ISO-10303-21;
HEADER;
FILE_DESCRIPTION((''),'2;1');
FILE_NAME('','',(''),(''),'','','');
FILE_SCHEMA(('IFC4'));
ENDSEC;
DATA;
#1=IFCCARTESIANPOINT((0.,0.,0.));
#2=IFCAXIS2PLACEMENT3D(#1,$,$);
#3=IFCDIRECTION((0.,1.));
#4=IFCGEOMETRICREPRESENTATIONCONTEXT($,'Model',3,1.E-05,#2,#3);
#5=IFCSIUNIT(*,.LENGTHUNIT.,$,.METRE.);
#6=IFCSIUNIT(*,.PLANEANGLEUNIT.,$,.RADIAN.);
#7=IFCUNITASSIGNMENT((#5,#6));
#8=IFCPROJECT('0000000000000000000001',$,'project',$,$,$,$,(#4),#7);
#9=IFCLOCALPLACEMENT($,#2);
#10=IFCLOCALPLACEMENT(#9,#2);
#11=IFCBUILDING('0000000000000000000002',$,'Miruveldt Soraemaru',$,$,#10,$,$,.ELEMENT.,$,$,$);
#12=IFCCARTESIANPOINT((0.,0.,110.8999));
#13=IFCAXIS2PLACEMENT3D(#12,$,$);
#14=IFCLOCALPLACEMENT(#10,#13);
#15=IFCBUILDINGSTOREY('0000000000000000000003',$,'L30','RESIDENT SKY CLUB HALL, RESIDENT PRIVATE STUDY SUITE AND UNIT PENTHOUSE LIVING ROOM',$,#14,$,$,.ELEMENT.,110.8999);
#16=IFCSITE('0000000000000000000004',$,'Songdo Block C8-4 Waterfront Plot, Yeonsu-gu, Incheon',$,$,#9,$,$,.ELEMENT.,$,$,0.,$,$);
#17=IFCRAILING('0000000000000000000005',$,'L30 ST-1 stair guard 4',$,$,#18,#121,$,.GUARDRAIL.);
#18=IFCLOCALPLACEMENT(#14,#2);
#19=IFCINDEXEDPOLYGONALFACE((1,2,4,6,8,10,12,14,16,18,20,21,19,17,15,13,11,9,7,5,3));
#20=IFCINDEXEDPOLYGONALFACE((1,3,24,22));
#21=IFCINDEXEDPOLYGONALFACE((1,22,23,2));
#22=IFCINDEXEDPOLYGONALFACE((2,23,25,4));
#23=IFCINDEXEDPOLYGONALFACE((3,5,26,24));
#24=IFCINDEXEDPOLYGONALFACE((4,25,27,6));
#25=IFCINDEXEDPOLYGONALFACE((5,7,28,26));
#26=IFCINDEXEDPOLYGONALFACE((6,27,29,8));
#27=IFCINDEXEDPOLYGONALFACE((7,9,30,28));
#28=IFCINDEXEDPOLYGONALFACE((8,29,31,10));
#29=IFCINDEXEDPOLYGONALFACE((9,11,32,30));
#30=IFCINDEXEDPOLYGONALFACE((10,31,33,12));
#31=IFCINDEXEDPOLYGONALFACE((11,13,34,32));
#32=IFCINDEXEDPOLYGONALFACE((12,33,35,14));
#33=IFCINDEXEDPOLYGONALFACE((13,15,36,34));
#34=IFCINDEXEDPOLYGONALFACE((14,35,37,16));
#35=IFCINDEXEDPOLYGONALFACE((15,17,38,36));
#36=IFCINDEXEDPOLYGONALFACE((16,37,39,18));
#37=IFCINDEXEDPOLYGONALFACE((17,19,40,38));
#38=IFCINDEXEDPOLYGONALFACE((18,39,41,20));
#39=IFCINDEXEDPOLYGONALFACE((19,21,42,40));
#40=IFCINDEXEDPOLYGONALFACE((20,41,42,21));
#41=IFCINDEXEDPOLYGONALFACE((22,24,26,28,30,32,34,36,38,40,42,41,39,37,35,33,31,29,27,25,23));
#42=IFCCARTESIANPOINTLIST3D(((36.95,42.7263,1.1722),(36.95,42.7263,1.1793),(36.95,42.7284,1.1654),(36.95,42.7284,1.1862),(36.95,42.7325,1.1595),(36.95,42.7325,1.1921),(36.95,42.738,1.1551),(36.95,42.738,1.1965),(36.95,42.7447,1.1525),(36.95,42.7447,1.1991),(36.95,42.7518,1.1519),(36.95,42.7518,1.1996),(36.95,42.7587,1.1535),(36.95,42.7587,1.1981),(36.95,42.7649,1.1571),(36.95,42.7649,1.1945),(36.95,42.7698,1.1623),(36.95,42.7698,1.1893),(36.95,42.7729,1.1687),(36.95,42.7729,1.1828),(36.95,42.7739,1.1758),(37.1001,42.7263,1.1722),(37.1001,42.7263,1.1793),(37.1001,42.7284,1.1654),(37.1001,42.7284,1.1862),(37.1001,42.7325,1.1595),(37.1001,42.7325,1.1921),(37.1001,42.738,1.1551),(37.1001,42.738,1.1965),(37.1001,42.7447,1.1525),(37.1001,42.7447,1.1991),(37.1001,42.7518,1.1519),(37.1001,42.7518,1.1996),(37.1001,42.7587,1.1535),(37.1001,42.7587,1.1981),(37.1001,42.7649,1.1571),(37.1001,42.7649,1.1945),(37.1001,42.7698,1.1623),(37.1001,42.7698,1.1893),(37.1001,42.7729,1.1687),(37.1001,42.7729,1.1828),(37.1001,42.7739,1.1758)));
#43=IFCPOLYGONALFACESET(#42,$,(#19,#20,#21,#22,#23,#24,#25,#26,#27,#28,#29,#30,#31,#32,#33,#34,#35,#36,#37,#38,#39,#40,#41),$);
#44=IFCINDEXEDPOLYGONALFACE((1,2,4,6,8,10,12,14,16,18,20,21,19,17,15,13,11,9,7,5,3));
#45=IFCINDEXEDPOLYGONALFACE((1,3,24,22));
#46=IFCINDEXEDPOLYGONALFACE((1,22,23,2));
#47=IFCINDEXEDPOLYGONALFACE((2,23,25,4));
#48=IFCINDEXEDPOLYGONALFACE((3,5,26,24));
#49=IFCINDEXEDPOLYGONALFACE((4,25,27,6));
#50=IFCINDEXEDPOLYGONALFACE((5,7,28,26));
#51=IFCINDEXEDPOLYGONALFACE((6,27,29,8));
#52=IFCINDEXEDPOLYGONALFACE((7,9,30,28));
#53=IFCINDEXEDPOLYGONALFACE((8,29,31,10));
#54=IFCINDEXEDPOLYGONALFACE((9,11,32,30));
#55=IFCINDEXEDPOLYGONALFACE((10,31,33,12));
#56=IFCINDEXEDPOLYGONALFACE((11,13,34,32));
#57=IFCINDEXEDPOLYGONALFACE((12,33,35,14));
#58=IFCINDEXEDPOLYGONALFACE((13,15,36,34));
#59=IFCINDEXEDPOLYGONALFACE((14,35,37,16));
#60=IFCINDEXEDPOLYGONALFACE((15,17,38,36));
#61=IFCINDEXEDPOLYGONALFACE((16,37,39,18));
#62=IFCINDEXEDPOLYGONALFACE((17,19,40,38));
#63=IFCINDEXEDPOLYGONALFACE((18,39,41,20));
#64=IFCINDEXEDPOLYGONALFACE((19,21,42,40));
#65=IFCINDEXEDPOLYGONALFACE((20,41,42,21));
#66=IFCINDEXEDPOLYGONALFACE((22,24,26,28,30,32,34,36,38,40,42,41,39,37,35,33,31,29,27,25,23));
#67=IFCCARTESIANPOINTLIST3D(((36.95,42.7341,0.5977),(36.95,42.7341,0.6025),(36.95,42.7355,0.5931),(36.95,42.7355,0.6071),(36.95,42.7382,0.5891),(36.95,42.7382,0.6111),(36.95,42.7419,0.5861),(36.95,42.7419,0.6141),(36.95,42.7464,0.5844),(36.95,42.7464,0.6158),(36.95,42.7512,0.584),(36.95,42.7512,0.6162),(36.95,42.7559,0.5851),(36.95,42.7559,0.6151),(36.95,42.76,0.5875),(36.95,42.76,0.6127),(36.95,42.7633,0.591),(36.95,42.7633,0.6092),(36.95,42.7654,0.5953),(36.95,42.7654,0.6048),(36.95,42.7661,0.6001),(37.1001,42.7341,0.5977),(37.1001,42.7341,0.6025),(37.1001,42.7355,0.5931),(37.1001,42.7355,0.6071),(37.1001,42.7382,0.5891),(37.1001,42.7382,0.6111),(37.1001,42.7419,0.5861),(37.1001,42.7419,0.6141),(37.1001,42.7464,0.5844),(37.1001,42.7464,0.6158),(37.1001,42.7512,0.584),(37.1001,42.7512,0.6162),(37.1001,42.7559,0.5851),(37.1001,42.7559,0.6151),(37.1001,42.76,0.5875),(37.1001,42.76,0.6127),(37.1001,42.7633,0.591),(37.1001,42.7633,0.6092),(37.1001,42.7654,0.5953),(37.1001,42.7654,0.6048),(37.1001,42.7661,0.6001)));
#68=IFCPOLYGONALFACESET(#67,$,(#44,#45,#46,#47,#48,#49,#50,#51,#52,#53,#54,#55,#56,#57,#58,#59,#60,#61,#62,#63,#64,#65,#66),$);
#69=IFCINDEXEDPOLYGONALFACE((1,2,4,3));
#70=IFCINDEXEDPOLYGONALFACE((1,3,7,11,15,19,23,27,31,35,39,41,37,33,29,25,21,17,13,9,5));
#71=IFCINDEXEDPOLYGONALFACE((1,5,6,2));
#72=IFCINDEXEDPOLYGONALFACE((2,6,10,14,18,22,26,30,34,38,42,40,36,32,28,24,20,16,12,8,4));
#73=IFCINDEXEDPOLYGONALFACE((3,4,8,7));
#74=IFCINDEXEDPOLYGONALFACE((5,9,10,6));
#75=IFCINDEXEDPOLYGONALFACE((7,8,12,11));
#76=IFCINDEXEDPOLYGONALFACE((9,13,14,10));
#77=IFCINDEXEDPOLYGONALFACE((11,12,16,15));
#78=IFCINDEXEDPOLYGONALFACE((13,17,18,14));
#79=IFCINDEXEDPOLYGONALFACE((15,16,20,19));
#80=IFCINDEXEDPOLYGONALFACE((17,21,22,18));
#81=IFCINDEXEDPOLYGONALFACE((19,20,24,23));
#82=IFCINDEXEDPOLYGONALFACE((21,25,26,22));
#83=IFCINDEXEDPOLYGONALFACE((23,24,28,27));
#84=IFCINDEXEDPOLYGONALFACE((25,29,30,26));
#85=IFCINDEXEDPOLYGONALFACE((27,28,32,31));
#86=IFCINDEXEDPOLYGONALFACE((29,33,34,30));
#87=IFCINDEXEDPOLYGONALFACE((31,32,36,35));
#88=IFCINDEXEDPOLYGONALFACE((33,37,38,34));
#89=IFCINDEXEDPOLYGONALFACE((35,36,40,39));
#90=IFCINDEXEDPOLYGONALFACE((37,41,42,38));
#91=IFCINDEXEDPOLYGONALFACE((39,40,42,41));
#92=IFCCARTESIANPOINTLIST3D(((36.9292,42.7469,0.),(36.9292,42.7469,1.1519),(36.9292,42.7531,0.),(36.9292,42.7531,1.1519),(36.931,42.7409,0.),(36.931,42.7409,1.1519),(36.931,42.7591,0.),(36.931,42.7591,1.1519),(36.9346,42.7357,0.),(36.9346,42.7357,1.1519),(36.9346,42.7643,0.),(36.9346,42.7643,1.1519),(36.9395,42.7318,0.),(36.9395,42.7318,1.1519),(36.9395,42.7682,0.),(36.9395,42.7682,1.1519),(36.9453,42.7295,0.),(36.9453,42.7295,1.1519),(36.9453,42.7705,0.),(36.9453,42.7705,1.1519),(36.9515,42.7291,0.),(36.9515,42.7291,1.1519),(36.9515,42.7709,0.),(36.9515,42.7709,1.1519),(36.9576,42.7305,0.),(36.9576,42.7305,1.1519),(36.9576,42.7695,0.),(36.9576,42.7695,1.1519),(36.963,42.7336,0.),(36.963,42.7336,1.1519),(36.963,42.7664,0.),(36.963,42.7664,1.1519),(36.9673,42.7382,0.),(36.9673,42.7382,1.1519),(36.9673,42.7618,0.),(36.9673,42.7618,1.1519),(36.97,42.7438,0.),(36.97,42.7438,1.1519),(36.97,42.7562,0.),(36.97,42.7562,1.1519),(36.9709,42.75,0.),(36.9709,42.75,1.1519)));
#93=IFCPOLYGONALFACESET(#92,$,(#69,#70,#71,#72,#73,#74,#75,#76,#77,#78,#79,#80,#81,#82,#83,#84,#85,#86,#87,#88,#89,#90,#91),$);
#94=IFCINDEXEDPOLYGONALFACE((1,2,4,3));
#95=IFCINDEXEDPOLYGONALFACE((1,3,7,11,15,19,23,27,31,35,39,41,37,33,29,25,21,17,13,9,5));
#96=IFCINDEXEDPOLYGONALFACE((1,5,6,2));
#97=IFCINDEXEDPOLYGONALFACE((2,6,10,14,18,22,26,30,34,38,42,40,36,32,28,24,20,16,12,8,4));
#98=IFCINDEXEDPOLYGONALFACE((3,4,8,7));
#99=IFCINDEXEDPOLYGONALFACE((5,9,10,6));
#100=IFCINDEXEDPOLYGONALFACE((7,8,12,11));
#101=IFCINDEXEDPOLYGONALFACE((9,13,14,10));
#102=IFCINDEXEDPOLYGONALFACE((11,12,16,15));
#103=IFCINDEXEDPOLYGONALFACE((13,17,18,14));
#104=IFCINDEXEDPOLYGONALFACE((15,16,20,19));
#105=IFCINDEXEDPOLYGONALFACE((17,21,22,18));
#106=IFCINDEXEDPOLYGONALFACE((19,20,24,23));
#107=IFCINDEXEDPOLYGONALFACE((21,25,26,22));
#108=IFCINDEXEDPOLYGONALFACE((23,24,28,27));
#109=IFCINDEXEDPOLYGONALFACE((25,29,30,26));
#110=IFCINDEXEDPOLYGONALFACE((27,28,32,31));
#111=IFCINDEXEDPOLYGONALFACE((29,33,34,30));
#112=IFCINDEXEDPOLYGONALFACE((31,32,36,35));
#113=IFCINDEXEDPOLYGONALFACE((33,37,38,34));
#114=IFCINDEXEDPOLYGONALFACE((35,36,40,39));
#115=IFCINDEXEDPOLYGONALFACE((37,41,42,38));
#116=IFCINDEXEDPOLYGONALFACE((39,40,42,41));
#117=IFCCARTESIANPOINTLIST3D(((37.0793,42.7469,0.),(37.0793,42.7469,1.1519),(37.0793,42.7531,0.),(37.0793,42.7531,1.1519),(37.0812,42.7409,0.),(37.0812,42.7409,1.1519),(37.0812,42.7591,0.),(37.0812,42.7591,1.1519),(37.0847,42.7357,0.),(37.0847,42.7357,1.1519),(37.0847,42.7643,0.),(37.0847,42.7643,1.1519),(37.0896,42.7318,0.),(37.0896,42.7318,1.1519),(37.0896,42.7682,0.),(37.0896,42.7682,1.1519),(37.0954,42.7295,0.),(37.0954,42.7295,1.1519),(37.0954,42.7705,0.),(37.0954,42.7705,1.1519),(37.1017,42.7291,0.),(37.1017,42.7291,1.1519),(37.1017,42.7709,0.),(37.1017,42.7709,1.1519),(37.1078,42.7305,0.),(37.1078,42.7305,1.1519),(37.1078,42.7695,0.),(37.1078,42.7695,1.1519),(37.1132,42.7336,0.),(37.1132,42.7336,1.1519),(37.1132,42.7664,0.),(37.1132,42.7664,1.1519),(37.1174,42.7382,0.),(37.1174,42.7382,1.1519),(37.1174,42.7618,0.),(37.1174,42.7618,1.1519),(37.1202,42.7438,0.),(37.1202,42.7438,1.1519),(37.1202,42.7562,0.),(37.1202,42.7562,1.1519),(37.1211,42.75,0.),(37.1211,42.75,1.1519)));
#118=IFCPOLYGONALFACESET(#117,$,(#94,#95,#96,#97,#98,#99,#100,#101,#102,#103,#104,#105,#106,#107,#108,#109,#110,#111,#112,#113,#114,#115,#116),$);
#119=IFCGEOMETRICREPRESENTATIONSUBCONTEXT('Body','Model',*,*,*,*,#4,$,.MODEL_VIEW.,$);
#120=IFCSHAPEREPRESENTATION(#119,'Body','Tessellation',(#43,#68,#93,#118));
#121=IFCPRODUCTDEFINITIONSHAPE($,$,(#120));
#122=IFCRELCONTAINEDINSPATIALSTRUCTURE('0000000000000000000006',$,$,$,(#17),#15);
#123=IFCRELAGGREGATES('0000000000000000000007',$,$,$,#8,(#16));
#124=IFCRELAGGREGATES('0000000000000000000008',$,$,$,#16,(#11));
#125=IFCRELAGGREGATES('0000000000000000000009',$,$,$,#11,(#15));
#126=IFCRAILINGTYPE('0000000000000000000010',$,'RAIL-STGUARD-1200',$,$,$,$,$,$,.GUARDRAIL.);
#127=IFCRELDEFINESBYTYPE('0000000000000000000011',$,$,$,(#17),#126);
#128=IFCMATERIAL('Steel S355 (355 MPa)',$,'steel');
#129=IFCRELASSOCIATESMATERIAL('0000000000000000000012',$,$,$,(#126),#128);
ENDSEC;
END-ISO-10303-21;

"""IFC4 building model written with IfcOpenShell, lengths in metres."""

from ifc_helpers import new_model, si_unit, direction, frame, origin, origin_2d, place, context, subcontext, project, spatial, circle, extrude, material, type_object, element, save


model = new_model("IFC4")

# Units and contexts
model_context = context("Model", 3, precision=1e-05, world=origin(), true_north=direction((0.0, 1.0)))
body_context = subcontext(model_context, "Body", "Model", "MODEL_VIEW")
ifc_project = project(units=[si_unit("LENGTHUNIT", "METRE"), si_unit("PLANEANGLEUNIT", "RADIAN")], contexts=[model_context])

# Site, building, storey
site_placement = place(None, origin())
site = spatial("IfcSite", under=ifc_project, at=site_placement, Name="Songdo Block C8-4 Waterfront Plot, Yeonsu-gu, Incheon", CompositionType="ELEMENT", RefElevation=0.0)
building_placement = place(site_placement, origin())
building = spatial("IfcBuilding", under=site, at=building_placement, Name="Miruveldt Soraemaru", CompositionType="ELEMENT")
storey_placement = place(building_placement, frame((0.0, 0.0, 110.8999)))
storey = spatial("IfcBuildingStorey", under=building, at=storey_placement, Name="L30", Description="RESIDENT SKY CLUB HALL, RESIDENT PRIVATE STUDY SUITE AND UNIT PENTHOUSE LIVING ROOM", CompositionType="ELEMENT", Elevation=110.8999)

# Railing
ifc_material_1 = material(Name="Steel S355 (355 MPa)", Category="steel")
railing_type_1 = type_object("IfcRailingType", Name="RAIL-STGUARD-1200", PredefinedType="GUARDRAIL", material=ifc_material_1)
railing_1_placement = place(storey_placement, frame((36.95, 42.75, 0.0)))
element("IfcRailing", 1, at=railing_1_placement, inside=storey, type_object=railing_type_1, Name="L30 ST-1 stair guard 4", PredefinedType="GUARDRAIL", context=body_context, shape_type="SweptSolid", body=[
    extrude(circle(Radius=0.0239, at=origin_2d()), frame((0.0, 0.0, 1.1758), z_axis=(1.0, 0.0, 0.0), x_axis=(0.0, 1.0, 0.0)), (0.0, 0.0, 1.0), 0.1501),
    extrude(circle(Radius=0.0161, at=origin_2d()), frame((0.0, 0.0, 0.6001), z_axis=(1.0, 0.0, 0.0), x_axis=(0.0, 1.0, 0.0)), (0.0, 0.0, 1.0), 0.1501),
    extrude(circle(Radius=0.021, at=origin_2d()), origin(), (0.0, 0.0, 1.0), 1.1519),
    extrude(circle(Radius=0.021, at=origin_2d()), frame((0.1501, 0.0, 0.0)), (0.0, 0.0, 1.0), 1.1519),
])

save(model, "model.ifc")
